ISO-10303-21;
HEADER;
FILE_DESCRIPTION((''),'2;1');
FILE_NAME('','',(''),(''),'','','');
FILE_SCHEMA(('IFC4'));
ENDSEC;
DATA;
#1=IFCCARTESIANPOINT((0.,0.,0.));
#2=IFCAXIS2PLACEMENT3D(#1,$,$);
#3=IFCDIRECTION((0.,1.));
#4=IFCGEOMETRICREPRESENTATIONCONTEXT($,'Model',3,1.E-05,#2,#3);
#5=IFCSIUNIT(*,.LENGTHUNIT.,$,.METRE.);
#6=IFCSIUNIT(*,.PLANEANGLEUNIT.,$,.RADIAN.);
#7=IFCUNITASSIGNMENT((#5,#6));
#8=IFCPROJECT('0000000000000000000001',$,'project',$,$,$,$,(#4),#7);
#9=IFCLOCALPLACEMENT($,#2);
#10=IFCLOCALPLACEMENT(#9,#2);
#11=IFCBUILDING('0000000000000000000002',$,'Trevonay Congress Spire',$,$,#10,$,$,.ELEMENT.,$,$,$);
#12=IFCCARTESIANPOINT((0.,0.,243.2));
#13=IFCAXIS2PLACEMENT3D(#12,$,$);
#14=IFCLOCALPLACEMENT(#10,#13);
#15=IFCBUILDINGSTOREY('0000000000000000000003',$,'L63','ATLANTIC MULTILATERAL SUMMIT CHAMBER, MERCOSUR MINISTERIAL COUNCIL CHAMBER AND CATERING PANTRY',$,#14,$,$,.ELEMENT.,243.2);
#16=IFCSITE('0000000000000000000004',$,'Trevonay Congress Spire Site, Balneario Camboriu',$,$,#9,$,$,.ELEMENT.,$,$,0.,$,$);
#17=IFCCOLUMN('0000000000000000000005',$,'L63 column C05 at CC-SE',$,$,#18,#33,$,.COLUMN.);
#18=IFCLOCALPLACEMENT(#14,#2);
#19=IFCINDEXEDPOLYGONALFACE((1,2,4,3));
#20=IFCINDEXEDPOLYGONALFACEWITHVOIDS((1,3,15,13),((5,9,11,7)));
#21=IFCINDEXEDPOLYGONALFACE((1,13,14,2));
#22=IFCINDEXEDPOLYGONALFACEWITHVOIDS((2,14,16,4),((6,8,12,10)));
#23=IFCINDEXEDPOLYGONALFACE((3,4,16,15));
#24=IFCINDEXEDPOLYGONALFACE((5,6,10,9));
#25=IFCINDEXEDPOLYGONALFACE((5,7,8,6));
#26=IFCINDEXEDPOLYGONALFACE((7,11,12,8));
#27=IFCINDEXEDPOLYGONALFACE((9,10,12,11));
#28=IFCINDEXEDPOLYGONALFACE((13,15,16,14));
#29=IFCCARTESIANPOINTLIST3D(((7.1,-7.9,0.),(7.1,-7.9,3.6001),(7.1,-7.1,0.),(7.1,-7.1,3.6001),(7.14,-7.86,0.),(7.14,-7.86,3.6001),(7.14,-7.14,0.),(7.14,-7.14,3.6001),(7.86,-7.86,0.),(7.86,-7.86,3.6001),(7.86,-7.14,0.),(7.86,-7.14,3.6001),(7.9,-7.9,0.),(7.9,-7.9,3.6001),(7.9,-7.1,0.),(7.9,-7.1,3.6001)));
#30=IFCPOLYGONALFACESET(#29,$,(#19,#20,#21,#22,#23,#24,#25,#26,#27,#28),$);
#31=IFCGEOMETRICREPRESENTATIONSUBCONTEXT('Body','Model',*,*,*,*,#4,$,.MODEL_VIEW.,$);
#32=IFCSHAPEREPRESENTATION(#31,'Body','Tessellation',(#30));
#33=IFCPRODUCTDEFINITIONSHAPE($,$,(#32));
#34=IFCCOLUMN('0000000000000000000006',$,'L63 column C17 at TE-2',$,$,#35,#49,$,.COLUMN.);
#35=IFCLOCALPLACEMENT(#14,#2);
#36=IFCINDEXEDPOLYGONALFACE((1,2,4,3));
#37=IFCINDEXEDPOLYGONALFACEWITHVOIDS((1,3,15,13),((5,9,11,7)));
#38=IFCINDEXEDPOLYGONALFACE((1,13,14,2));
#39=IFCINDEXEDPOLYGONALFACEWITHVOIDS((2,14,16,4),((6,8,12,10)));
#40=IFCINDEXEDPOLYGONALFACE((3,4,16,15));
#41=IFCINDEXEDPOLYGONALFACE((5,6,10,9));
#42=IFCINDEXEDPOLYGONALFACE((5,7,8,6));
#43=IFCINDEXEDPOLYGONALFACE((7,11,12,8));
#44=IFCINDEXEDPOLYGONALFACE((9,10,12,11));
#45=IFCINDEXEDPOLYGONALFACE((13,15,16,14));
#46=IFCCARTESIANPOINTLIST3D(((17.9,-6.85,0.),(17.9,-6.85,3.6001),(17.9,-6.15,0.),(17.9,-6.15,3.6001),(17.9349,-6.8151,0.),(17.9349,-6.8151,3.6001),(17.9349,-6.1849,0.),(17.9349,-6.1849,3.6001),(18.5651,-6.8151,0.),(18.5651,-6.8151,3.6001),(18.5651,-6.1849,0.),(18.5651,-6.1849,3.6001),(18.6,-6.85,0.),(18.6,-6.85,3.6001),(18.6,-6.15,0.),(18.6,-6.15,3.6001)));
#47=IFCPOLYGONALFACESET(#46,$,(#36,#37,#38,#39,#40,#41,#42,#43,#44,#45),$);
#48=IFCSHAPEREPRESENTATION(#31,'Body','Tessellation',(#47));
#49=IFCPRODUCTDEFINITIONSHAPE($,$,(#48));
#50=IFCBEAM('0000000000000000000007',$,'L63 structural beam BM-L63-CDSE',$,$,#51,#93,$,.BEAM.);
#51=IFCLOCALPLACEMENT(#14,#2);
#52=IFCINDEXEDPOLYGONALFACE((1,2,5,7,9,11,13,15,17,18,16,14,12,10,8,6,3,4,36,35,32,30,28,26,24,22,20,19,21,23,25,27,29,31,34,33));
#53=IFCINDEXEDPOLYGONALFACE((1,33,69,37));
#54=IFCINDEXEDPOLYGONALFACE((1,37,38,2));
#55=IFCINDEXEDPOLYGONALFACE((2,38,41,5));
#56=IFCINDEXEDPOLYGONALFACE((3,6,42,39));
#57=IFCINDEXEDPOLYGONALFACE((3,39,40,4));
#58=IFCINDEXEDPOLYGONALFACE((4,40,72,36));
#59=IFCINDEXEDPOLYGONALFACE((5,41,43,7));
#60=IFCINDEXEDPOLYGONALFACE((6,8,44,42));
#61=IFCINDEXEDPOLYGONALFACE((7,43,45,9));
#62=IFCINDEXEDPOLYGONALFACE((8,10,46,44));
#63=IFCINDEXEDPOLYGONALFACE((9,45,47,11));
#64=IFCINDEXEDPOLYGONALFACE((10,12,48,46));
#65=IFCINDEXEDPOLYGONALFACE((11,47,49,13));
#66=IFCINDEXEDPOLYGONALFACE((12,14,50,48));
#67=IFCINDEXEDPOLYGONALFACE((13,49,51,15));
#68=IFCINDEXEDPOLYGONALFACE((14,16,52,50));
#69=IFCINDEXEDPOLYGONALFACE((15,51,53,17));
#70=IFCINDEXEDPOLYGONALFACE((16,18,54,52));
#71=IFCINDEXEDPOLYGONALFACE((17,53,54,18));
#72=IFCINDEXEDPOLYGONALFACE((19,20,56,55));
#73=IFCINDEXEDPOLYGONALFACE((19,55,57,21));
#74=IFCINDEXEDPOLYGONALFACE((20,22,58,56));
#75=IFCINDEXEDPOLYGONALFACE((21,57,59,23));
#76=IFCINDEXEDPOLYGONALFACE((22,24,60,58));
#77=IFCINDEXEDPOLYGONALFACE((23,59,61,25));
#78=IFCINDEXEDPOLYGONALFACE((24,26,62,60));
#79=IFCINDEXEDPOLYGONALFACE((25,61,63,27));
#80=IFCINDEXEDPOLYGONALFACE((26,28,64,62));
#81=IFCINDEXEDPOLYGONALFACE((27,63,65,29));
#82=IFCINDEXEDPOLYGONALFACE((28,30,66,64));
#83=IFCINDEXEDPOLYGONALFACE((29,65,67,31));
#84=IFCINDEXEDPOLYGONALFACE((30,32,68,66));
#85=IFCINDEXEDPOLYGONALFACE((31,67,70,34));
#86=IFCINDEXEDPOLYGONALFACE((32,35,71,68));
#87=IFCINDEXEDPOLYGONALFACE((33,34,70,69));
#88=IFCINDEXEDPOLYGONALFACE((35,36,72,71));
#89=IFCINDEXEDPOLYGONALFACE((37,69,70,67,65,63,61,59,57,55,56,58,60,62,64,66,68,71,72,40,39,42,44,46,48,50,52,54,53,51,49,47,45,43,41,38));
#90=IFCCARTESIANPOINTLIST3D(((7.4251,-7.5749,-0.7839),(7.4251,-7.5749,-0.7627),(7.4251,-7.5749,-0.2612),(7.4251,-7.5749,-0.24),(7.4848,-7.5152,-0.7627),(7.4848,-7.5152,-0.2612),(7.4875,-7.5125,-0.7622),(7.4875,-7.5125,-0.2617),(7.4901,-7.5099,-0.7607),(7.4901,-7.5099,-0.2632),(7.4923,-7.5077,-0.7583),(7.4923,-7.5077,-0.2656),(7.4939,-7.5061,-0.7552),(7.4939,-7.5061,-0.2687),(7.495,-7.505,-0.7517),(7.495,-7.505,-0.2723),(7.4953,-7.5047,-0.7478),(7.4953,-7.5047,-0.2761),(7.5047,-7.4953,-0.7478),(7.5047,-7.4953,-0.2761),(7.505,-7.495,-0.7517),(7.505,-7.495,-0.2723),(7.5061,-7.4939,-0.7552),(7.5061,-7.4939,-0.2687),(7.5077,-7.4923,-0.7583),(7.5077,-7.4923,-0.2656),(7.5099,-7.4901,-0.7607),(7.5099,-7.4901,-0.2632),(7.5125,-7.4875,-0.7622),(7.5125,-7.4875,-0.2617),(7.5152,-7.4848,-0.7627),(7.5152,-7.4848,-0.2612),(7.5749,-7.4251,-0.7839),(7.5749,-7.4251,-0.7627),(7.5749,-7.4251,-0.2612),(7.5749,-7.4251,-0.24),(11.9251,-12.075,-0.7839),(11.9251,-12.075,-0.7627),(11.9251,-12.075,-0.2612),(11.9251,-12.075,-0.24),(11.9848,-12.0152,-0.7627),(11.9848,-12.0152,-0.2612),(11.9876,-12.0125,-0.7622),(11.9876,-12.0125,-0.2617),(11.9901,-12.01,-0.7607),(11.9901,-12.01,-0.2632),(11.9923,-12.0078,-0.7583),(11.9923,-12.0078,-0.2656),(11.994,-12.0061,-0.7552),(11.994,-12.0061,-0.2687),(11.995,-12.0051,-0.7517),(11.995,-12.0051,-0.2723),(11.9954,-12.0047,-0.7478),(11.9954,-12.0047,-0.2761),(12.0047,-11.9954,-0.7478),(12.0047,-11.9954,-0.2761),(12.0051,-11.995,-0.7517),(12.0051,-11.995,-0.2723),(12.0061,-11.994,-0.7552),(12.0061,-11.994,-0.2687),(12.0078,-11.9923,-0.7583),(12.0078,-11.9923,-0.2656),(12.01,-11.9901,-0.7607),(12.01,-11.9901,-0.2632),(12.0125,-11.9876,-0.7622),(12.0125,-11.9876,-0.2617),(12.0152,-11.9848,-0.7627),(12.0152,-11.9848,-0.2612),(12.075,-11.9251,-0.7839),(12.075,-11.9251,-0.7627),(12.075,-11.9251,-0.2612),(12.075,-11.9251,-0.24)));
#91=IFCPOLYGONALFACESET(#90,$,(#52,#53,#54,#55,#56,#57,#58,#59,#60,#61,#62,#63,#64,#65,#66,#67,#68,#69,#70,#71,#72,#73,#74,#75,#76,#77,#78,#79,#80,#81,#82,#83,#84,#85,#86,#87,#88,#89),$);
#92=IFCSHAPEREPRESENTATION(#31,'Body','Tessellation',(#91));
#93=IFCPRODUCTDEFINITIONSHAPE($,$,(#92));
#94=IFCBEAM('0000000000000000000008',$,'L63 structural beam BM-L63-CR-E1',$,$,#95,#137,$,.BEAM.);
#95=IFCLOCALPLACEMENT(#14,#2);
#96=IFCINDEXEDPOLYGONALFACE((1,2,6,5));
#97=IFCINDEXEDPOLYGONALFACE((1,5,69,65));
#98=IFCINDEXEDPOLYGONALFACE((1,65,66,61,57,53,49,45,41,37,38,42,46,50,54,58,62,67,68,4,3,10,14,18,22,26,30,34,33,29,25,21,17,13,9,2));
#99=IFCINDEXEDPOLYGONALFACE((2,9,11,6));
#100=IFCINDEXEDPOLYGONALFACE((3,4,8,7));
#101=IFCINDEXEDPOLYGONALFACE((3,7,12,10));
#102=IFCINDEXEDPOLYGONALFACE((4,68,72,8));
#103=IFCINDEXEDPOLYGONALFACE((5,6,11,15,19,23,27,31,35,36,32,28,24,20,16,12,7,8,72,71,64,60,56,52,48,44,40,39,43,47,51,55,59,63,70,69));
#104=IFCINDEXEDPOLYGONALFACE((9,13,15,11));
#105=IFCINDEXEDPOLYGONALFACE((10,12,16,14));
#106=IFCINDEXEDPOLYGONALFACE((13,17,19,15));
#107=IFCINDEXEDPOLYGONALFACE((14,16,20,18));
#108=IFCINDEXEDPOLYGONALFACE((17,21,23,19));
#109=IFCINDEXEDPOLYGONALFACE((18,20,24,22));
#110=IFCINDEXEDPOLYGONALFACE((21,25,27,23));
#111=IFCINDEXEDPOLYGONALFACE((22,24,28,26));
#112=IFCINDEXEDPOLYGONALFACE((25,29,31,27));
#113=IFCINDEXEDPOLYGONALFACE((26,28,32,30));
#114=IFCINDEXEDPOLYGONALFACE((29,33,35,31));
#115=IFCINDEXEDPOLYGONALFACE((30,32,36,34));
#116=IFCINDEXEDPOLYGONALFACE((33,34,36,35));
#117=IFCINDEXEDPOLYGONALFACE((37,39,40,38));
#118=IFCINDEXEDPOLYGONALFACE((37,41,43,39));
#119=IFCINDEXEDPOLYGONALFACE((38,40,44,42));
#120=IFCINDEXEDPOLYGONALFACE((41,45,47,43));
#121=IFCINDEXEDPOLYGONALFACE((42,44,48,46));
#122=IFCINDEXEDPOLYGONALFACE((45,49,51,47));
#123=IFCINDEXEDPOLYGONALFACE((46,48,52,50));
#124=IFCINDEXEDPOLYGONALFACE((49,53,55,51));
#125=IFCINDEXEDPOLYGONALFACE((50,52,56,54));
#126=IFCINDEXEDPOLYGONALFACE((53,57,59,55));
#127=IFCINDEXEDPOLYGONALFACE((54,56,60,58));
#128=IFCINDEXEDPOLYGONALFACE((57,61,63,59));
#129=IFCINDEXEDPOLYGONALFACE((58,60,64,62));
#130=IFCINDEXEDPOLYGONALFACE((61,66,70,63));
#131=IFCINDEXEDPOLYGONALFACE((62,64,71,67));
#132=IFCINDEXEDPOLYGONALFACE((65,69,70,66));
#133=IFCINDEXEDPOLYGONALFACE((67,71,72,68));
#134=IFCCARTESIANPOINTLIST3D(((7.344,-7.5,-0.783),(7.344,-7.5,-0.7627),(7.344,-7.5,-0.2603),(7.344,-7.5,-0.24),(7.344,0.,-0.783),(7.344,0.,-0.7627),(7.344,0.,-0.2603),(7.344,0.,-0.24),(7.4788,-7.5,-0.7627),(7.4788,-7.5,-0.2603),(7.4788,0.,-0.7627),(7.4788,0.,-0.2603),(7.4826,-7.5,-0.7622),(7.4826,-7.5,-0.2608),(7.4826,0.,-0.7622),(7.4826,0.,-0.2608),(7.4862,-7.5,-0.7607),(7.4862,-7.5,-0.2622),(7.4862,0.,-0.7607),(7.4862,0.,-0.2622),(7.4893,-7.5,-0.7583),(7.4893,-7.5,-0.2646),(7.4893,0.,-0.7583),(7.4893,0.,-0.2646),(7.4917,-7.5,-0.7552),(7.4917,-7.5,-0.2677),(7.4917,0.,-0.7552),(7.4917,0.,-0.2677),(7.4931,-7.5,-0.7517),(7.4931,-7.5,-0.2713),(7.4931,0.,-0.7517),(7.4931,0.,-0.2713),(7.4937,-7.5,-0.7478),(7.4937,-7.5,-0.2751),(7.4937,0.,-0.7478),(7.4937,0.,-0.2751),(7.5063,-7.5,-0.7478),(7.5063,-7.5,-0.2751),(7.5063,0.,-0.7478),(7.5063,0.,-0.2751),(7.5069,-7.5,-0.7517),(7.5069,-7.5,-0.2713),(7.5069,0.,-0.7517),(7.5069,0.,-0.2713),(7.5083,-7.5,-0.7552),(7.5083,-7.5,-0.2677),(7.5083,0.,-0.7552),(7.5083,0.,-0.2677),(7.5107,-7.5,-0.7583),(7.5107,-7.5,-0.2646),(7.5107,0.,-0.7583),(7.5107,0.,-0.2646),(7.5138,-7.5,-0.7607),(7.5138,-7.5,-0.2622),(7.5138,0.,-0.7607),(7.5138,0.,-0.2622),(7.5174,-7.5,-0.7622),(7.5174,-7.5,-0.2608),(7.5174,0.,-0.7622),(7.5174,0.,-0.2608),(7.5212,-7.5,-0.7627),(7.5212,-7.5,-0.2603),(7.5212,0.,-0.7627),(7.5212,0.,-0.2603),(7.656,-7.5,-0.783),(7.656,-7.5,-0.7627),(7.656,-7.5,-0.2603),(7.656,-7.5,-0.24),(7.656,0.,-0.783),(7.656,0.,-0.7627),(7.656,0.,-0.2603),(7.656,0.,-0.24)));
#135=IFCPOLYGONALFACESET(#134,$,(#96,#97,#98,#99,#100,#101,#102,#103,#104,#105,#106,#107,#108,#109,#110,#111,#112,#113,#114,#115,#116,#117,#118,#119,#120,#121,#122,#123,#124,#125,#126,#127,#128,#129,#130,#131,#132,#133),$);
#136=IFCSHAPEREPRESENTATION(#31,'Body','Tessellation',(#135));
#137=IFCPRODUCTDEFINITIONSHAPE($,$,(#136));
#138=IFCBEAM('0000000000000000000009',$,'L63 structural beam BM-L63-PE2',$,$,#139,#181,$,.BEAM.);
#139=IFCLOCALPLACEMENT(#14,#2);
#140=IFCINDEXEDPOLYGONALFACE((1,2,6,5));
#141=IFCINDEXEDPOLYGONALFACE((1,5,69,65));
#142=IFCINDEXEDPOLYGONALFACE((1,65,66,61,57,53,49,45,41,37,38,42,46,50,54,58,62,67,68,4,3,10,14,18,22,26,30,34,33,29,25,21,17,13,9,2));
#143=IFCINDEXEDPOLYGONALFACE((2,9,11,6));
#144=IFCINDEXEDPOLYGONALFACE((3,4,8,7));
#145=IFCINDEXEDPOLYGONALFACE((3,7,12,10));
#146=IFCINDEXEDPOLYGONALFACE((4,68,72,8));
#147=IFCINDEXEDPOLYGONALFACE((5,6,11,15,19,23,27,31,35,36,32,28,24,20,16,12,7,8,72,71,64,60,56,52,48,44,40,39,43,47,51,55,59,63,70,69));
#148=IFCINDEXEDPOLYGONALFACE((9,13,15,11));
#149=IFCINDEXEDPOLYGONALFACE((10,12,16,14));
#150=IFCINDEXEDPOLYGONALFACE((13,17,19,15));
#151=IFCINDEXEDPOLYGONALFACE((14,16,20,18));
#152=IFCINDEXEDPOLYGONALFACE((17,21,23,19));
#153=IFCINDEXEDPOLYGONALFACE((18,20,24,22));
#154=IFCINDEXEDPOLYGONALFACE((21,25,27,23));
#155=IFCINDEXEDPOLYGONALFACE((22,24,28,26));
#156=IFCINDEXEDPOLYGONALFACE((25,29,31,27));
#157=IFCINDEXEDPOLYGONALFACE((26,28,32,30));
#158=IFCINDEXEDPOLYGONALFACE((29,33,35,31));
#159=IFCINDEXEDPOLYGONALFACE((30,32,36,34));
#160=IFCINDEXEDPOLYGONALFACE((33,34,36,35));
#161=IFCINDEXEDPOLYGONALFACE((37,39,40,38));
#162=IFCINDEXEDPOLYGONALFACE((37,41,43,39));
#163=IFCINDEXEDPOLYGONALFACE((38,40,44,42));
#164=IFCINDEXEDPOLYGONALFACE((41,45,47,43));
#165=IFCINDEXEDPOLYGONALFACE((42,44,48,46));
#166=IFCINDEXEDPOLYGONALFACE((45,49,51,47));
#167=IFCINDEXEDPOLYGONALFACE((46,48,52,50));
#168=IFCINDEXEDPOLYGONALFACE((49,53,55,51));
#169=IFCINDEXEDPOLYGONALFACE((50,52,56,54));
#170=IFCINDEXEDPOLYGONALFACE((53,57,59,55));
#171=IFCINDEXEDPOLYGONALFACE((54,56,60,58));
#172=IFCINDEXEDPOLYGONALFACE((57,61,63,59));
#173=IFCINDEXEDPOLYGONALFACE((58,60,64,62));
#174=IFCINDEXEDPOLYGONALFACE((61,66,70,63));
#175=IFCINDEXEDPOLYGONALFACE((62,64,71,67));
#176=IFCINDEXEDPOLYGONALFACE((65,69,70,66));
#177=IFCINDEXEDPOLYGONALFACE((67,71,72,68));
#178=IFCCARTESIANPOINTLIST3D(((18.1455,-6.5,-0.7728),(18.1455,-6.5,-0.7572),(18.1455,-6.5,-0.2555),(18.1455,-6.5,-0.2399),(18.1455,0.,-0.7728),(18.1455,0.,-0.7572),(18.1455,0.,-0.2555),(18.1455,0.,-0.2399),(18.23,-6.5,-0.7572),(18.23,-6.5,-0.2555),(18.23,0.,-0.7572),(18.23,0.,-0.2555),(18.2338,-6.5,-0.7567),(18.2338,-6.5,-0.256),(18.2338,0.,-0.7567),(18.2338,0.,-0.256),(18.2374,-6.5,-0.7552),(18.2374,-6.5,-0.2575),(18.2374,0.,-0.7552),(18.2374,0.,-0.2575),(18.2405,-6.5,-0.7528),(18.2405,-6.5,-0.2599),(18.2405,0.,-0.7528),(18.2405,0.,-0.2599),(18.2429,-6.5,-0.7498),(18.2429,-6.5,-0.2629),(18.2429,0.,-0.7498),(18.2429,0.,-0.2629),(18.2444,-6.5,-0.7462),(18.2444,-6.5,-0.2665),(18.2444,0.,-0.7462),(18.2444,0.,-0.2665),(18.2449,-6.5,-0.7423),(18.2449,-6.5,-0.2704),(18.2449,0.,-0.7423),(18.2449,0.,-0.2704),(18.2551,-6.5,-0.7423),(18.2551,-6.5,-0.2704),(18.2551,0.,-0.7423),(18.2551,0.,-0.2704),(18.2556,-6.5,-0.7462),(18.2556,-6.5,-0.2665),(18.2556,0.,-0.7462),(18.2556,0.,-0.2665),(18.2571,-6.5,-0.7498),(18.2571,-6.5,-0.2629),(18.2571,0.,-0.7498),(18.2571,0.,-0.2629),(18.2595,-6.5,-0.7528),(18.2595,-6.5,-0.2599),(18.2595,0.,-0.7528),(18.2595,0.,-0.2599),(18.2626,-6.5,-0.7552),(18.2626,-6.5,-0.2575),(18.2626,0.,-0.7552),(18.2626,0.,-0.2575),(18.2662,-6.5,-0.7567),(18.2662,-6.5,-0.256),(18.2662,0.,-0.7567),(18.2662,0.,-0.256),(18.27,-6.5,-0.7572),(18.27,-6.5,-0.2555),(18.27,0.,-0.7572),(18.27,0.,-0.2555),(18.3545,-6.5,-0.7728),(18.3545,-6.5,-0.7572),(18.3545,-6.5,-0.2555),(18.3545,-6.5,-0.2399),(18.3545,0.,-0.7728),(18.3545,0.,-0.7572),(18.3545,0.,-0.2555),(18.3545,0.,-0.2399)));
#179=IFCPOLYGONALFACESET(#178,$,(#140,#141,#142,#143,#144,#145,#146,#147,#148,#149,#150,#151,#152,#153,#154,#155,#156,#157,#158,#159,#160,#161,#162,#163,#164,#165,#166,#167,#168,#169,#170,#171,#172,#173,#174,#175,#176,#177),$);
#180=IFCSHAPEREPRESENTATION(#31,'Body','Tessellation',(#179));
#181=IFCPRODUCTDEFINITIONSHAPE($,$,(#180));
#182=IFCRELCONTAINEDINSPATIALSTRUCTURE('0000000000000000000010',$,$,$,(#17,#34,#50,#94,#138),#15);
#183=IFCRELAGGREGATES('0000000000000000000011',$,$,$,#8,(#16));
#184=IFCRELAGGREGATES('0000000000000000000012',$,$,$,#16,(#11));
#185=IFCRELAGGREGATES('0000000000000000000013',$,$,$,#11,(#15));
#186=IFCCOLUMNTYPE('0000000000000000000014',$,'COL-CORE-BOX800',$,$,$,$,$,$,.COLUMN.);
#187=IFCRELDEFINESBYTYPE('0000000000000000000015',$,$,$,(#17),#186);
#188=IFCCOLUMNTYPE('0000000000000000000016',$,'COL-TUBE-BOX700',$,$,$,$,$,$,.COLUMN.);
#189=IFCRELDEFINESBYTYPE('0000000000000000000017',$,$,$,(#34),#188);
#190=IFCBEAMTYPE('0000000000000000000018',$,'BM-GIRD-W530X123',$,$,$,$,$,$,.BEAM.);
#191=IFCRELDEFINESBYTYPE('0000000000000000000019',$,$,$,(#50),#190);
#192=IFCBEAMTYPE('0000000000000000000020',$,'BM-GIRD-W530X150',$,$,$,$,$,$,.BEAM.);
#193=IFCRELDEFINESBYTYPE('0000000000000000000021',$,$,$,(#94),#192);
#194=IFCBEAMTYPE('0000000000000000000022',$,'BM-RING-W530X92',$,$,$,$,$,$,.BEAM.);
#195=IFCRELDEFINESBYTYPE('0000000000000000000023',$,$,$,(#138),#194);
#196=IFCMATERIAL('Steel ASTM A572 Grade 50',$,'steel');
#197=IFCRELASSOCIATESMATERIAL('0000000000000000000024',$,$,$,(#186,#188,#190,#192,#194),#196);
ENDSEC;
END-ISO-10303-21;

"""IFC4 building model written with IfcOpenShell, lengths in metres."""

from ifc_helpers import new_model, si_unit, direction, frame, origin, origin_2d, place, context, subcontext, project, spatial, hollow_rectangle, i_section, extrude, material, material_profile, profile_set, type_object, element, save


model = new_model("IFC4")

# Units and contexts
model_context = context("Model", 3, precision=1e-05, world=origin(), true_north=direction((0.0, 1.0)))
body_context = subcontext(model_context, "Body", "Model", "MODEL_VIEW")
ifc_project = project(units=[si_unit("LENGTHUNIT", "METRE"), si_unit("PLANEANGLEUNIT", "RADIAN")], contexts=[model_context])

# Site, building, storey
site_placement = place(None, origin())
site = spatial("IfcSite", under=ifc_project, at=site_placement, Name="Trevonay Congress Spire Site, Balneario Camboriu", CompositionType="ELEMENT", RefElevation=0.0)
building_placement = place(site_placement, origin())
building = spatial("IfcBuilding", under=site, at=building_placement, Name="Trevonay Congress Spire", CompositionType="ELEMENT")
storey_placement = place(building_placement, frame((0.0, 0.0, 243.2)))
storey = spatial("IfcBuildingStorey", under=building, at=storey_placement, Name="L63", Description="ATLANTIC MULTILATERAL SUMMIT CHAMBER, MERCOSUR MINISTERIAL COUNCIL CHAMBER AND CATERING PANTRY", CompositionType="ELEMENT", Elevation=243.2)

# Columns
ifc_material_1 = material(Name="Steel ASTM A572 Grade 50", Category="steel")
ifc_material_profile_1 = material_profile(ifc_material_1, hollow_rectangle(XDim=0.8, YDim=0.8, WallThickness=0.04, at=origin_2d()), Name="BOX 800x800x40")
ifc_profile_set_1 = profile_set([ifc_material_profile_1], Name="Steel ASTM A572 Grade 50")
column_type_1 = type_object("IfcColumnType", Name="COL-CORE-BOX800", PredefinedType="COLUMN", material=ifc_profile_set_1)
column_1_placement = place(storey_placement, frame((7.5, -7.5, 0.0), z_axis=(0.0, 0.0, 1.0), x_axis=(1.0, 0.0, 0.0)))
element("IfcColumn", 1, at=column_1_placement, inside=storey, type_object=column_type_1, Name="L63 column C05 at CC-SE", PredefinedType="COLUMN", context=body_context, shape_type="SweptSolid", body=[
    extrude(hollow_rectangle(XDim=0.8, YDim=0.8, WallThickness=0.04, at=origin_2d()), origin(), (0.0, 0.0, 1.0), 3.6001),
])
ifc_material_profile_2 = material_profile(ifc_material_1, hollow_rectangle(XDim=0.7, YDim=0.7, WallThickness=0.0349, at=origin_2d()), Name="BOX 700x700x35")
ifc_profile_set_2 = profile_set([ifc_material_profile_2], Name="Steel ASTM A572 Grade 50")
column_type_2 = type_object("IfcColumnType", Name="COL-TUBE-BOX700", PredefinedType="COLUMN", material=ifc_profile_set_2)
column_2_placement = place(storey_placement, frame((18.25, -6.5, 0.0), z_axis=(0.0, 0.0, 1.0), x_axis=(1.0, 0.0, 0.0)))
element("IfcColumn", 2, at=column_2_placement, inside=storey, type_object=column_type_2, Name="L63 column C17 at TE-2", PredefinedType="COLUMN", context=body_context, shape_type="SweptSolid", body=[
    extrude(hollow_rectangle(XDim=0.7, YDim=0.7, WallThickness=0.0349, at=origin_2d()), origin(), (0.0, 0.0, 1.0), 3.6001),
])

# Beams
ifc_material_profile_3 = material_profile(ifc_material_1, i_section(OverallWidth=0.2119, OverallDepth=0.5439, WebThickness=0.0132, FlangeThickness=0.0212, FilletRadius=0.0149, at=origin_2d()), Name="W530x123")
ifc_profile_set_3 = profile_set([ifc_material_profile_3], Name="Steel ASTM A572 Grade 50")
beam_type_1 = type_object("IfcBeamType", Name="BM-GIRD-W530X123", PredefinedType="BEAM", material=ifc_profile_set_3)
beam_1_placement = place(storey_placement, frame((7.5, -7.5, -0.512), z_axis=(0.707107, -0.707107, 0.0), x_axis=(0.707107, 0.707107, 0.0)))
element("IfcBeam", 3, at=beam_1_placement, inside=storey, type_object=beam_type_1, Name="L63 structural beam BM-L63-CDSE", PredefinedType="BEAM", context=body_context, shape_type="SweptSolid", body=[
    extrude(i_section(OverallWidth=0.2119, OverallDepth=0.5439, WebThickness=0.0132, FlangeThickness=0.0212, FilletRadius=0.0149, at=origin_2d()), origin(), (0.0, 0.0, 1.0), 6.364),
])
ifc_material_profile_4 = material_profile(ifc_material_1, i_section(OverallWidth=0.312, OverallDepth=0.543, WebThickness=0.0127, FlangeThickness=0.0203, FilletRadius=0.0149, at=origin_2d()), Name="W530x150")
ifc_profile_set_4 = profile_set([ifc_material_profile_4], Name="Steel ASTM A572 Grade 50")
beam_type_2 = type_object("IfcBeamType", Name="BM-GIRD-W530X150", PredefinedType="BEAM", material=ifc_profile_set_4)
beam_2_placement = place(storey_placement, frame((7.5, -7.5, -0.5115), z_axis=(0.0, 1.0, 0.0), x_axis=(-1.0, 0.0, 0.0)))
element("IfcBeam", 4, at=beam_2_placement, inside=storey, type_object=beam_type_2, Name="L63 structural beam BM-L63-CR-E1", PredefinedType="BEAM", context=body_context, shape_type="SweptSolid", body=[
    extrude(i_section(OverallWidth=0.312, OverallDepth=0.543, WebThickness=0.0127, FlangeThickness=0.0203, FilletRadius=0.0149, at=origin_2d()), origin(), (0.0, 0.0, 1.0), 7.5),
])
ifc_material_profile_5 = material_profile(ifc_material_1, i_section(OverallWidth=0.209, OverallDepth=0.533, WebThickness=0.0103, FlangeThickness=0.0156, FilletRadius=0.0149, at=origin_2d()), Name="W530x92")
ifc_profile_set_5 = profile_set([ifc_material_profile_5], Name="Steel ASTM A572 Grade 50")
beam_type_3 = type_object("IfcBeamType", Name="BM-RING-W530X92", PredefinedType="BEAM", material=ifc_profile_set_5)
beam_3_placement = place(storey_placement, frame((18.25, -6.5, -0.5063), z_axis=(0.0, 1.0, 0.0), x_axis=(-1.0, 0.0, 0.0)))
element("IfcBeam", 5, at=beam_3_placement, inside=storey, type_object=beam_type_3, Name="L63 structural beam BM-L63-PE2", PredefinedType="BEAM", context=body_context, shape_type="SweptSolid", body=[
    extrude(i_section(OverallWidth=0.209, OverallDepth=0.533, WebThickness=0.0103, FlangeThickness=0.0156, FilletRadius=0.0149, at=origin_2d()), origin(), (0.0, 0.0, 1.0), 6.5),
])

save(model, "model.ifc")
